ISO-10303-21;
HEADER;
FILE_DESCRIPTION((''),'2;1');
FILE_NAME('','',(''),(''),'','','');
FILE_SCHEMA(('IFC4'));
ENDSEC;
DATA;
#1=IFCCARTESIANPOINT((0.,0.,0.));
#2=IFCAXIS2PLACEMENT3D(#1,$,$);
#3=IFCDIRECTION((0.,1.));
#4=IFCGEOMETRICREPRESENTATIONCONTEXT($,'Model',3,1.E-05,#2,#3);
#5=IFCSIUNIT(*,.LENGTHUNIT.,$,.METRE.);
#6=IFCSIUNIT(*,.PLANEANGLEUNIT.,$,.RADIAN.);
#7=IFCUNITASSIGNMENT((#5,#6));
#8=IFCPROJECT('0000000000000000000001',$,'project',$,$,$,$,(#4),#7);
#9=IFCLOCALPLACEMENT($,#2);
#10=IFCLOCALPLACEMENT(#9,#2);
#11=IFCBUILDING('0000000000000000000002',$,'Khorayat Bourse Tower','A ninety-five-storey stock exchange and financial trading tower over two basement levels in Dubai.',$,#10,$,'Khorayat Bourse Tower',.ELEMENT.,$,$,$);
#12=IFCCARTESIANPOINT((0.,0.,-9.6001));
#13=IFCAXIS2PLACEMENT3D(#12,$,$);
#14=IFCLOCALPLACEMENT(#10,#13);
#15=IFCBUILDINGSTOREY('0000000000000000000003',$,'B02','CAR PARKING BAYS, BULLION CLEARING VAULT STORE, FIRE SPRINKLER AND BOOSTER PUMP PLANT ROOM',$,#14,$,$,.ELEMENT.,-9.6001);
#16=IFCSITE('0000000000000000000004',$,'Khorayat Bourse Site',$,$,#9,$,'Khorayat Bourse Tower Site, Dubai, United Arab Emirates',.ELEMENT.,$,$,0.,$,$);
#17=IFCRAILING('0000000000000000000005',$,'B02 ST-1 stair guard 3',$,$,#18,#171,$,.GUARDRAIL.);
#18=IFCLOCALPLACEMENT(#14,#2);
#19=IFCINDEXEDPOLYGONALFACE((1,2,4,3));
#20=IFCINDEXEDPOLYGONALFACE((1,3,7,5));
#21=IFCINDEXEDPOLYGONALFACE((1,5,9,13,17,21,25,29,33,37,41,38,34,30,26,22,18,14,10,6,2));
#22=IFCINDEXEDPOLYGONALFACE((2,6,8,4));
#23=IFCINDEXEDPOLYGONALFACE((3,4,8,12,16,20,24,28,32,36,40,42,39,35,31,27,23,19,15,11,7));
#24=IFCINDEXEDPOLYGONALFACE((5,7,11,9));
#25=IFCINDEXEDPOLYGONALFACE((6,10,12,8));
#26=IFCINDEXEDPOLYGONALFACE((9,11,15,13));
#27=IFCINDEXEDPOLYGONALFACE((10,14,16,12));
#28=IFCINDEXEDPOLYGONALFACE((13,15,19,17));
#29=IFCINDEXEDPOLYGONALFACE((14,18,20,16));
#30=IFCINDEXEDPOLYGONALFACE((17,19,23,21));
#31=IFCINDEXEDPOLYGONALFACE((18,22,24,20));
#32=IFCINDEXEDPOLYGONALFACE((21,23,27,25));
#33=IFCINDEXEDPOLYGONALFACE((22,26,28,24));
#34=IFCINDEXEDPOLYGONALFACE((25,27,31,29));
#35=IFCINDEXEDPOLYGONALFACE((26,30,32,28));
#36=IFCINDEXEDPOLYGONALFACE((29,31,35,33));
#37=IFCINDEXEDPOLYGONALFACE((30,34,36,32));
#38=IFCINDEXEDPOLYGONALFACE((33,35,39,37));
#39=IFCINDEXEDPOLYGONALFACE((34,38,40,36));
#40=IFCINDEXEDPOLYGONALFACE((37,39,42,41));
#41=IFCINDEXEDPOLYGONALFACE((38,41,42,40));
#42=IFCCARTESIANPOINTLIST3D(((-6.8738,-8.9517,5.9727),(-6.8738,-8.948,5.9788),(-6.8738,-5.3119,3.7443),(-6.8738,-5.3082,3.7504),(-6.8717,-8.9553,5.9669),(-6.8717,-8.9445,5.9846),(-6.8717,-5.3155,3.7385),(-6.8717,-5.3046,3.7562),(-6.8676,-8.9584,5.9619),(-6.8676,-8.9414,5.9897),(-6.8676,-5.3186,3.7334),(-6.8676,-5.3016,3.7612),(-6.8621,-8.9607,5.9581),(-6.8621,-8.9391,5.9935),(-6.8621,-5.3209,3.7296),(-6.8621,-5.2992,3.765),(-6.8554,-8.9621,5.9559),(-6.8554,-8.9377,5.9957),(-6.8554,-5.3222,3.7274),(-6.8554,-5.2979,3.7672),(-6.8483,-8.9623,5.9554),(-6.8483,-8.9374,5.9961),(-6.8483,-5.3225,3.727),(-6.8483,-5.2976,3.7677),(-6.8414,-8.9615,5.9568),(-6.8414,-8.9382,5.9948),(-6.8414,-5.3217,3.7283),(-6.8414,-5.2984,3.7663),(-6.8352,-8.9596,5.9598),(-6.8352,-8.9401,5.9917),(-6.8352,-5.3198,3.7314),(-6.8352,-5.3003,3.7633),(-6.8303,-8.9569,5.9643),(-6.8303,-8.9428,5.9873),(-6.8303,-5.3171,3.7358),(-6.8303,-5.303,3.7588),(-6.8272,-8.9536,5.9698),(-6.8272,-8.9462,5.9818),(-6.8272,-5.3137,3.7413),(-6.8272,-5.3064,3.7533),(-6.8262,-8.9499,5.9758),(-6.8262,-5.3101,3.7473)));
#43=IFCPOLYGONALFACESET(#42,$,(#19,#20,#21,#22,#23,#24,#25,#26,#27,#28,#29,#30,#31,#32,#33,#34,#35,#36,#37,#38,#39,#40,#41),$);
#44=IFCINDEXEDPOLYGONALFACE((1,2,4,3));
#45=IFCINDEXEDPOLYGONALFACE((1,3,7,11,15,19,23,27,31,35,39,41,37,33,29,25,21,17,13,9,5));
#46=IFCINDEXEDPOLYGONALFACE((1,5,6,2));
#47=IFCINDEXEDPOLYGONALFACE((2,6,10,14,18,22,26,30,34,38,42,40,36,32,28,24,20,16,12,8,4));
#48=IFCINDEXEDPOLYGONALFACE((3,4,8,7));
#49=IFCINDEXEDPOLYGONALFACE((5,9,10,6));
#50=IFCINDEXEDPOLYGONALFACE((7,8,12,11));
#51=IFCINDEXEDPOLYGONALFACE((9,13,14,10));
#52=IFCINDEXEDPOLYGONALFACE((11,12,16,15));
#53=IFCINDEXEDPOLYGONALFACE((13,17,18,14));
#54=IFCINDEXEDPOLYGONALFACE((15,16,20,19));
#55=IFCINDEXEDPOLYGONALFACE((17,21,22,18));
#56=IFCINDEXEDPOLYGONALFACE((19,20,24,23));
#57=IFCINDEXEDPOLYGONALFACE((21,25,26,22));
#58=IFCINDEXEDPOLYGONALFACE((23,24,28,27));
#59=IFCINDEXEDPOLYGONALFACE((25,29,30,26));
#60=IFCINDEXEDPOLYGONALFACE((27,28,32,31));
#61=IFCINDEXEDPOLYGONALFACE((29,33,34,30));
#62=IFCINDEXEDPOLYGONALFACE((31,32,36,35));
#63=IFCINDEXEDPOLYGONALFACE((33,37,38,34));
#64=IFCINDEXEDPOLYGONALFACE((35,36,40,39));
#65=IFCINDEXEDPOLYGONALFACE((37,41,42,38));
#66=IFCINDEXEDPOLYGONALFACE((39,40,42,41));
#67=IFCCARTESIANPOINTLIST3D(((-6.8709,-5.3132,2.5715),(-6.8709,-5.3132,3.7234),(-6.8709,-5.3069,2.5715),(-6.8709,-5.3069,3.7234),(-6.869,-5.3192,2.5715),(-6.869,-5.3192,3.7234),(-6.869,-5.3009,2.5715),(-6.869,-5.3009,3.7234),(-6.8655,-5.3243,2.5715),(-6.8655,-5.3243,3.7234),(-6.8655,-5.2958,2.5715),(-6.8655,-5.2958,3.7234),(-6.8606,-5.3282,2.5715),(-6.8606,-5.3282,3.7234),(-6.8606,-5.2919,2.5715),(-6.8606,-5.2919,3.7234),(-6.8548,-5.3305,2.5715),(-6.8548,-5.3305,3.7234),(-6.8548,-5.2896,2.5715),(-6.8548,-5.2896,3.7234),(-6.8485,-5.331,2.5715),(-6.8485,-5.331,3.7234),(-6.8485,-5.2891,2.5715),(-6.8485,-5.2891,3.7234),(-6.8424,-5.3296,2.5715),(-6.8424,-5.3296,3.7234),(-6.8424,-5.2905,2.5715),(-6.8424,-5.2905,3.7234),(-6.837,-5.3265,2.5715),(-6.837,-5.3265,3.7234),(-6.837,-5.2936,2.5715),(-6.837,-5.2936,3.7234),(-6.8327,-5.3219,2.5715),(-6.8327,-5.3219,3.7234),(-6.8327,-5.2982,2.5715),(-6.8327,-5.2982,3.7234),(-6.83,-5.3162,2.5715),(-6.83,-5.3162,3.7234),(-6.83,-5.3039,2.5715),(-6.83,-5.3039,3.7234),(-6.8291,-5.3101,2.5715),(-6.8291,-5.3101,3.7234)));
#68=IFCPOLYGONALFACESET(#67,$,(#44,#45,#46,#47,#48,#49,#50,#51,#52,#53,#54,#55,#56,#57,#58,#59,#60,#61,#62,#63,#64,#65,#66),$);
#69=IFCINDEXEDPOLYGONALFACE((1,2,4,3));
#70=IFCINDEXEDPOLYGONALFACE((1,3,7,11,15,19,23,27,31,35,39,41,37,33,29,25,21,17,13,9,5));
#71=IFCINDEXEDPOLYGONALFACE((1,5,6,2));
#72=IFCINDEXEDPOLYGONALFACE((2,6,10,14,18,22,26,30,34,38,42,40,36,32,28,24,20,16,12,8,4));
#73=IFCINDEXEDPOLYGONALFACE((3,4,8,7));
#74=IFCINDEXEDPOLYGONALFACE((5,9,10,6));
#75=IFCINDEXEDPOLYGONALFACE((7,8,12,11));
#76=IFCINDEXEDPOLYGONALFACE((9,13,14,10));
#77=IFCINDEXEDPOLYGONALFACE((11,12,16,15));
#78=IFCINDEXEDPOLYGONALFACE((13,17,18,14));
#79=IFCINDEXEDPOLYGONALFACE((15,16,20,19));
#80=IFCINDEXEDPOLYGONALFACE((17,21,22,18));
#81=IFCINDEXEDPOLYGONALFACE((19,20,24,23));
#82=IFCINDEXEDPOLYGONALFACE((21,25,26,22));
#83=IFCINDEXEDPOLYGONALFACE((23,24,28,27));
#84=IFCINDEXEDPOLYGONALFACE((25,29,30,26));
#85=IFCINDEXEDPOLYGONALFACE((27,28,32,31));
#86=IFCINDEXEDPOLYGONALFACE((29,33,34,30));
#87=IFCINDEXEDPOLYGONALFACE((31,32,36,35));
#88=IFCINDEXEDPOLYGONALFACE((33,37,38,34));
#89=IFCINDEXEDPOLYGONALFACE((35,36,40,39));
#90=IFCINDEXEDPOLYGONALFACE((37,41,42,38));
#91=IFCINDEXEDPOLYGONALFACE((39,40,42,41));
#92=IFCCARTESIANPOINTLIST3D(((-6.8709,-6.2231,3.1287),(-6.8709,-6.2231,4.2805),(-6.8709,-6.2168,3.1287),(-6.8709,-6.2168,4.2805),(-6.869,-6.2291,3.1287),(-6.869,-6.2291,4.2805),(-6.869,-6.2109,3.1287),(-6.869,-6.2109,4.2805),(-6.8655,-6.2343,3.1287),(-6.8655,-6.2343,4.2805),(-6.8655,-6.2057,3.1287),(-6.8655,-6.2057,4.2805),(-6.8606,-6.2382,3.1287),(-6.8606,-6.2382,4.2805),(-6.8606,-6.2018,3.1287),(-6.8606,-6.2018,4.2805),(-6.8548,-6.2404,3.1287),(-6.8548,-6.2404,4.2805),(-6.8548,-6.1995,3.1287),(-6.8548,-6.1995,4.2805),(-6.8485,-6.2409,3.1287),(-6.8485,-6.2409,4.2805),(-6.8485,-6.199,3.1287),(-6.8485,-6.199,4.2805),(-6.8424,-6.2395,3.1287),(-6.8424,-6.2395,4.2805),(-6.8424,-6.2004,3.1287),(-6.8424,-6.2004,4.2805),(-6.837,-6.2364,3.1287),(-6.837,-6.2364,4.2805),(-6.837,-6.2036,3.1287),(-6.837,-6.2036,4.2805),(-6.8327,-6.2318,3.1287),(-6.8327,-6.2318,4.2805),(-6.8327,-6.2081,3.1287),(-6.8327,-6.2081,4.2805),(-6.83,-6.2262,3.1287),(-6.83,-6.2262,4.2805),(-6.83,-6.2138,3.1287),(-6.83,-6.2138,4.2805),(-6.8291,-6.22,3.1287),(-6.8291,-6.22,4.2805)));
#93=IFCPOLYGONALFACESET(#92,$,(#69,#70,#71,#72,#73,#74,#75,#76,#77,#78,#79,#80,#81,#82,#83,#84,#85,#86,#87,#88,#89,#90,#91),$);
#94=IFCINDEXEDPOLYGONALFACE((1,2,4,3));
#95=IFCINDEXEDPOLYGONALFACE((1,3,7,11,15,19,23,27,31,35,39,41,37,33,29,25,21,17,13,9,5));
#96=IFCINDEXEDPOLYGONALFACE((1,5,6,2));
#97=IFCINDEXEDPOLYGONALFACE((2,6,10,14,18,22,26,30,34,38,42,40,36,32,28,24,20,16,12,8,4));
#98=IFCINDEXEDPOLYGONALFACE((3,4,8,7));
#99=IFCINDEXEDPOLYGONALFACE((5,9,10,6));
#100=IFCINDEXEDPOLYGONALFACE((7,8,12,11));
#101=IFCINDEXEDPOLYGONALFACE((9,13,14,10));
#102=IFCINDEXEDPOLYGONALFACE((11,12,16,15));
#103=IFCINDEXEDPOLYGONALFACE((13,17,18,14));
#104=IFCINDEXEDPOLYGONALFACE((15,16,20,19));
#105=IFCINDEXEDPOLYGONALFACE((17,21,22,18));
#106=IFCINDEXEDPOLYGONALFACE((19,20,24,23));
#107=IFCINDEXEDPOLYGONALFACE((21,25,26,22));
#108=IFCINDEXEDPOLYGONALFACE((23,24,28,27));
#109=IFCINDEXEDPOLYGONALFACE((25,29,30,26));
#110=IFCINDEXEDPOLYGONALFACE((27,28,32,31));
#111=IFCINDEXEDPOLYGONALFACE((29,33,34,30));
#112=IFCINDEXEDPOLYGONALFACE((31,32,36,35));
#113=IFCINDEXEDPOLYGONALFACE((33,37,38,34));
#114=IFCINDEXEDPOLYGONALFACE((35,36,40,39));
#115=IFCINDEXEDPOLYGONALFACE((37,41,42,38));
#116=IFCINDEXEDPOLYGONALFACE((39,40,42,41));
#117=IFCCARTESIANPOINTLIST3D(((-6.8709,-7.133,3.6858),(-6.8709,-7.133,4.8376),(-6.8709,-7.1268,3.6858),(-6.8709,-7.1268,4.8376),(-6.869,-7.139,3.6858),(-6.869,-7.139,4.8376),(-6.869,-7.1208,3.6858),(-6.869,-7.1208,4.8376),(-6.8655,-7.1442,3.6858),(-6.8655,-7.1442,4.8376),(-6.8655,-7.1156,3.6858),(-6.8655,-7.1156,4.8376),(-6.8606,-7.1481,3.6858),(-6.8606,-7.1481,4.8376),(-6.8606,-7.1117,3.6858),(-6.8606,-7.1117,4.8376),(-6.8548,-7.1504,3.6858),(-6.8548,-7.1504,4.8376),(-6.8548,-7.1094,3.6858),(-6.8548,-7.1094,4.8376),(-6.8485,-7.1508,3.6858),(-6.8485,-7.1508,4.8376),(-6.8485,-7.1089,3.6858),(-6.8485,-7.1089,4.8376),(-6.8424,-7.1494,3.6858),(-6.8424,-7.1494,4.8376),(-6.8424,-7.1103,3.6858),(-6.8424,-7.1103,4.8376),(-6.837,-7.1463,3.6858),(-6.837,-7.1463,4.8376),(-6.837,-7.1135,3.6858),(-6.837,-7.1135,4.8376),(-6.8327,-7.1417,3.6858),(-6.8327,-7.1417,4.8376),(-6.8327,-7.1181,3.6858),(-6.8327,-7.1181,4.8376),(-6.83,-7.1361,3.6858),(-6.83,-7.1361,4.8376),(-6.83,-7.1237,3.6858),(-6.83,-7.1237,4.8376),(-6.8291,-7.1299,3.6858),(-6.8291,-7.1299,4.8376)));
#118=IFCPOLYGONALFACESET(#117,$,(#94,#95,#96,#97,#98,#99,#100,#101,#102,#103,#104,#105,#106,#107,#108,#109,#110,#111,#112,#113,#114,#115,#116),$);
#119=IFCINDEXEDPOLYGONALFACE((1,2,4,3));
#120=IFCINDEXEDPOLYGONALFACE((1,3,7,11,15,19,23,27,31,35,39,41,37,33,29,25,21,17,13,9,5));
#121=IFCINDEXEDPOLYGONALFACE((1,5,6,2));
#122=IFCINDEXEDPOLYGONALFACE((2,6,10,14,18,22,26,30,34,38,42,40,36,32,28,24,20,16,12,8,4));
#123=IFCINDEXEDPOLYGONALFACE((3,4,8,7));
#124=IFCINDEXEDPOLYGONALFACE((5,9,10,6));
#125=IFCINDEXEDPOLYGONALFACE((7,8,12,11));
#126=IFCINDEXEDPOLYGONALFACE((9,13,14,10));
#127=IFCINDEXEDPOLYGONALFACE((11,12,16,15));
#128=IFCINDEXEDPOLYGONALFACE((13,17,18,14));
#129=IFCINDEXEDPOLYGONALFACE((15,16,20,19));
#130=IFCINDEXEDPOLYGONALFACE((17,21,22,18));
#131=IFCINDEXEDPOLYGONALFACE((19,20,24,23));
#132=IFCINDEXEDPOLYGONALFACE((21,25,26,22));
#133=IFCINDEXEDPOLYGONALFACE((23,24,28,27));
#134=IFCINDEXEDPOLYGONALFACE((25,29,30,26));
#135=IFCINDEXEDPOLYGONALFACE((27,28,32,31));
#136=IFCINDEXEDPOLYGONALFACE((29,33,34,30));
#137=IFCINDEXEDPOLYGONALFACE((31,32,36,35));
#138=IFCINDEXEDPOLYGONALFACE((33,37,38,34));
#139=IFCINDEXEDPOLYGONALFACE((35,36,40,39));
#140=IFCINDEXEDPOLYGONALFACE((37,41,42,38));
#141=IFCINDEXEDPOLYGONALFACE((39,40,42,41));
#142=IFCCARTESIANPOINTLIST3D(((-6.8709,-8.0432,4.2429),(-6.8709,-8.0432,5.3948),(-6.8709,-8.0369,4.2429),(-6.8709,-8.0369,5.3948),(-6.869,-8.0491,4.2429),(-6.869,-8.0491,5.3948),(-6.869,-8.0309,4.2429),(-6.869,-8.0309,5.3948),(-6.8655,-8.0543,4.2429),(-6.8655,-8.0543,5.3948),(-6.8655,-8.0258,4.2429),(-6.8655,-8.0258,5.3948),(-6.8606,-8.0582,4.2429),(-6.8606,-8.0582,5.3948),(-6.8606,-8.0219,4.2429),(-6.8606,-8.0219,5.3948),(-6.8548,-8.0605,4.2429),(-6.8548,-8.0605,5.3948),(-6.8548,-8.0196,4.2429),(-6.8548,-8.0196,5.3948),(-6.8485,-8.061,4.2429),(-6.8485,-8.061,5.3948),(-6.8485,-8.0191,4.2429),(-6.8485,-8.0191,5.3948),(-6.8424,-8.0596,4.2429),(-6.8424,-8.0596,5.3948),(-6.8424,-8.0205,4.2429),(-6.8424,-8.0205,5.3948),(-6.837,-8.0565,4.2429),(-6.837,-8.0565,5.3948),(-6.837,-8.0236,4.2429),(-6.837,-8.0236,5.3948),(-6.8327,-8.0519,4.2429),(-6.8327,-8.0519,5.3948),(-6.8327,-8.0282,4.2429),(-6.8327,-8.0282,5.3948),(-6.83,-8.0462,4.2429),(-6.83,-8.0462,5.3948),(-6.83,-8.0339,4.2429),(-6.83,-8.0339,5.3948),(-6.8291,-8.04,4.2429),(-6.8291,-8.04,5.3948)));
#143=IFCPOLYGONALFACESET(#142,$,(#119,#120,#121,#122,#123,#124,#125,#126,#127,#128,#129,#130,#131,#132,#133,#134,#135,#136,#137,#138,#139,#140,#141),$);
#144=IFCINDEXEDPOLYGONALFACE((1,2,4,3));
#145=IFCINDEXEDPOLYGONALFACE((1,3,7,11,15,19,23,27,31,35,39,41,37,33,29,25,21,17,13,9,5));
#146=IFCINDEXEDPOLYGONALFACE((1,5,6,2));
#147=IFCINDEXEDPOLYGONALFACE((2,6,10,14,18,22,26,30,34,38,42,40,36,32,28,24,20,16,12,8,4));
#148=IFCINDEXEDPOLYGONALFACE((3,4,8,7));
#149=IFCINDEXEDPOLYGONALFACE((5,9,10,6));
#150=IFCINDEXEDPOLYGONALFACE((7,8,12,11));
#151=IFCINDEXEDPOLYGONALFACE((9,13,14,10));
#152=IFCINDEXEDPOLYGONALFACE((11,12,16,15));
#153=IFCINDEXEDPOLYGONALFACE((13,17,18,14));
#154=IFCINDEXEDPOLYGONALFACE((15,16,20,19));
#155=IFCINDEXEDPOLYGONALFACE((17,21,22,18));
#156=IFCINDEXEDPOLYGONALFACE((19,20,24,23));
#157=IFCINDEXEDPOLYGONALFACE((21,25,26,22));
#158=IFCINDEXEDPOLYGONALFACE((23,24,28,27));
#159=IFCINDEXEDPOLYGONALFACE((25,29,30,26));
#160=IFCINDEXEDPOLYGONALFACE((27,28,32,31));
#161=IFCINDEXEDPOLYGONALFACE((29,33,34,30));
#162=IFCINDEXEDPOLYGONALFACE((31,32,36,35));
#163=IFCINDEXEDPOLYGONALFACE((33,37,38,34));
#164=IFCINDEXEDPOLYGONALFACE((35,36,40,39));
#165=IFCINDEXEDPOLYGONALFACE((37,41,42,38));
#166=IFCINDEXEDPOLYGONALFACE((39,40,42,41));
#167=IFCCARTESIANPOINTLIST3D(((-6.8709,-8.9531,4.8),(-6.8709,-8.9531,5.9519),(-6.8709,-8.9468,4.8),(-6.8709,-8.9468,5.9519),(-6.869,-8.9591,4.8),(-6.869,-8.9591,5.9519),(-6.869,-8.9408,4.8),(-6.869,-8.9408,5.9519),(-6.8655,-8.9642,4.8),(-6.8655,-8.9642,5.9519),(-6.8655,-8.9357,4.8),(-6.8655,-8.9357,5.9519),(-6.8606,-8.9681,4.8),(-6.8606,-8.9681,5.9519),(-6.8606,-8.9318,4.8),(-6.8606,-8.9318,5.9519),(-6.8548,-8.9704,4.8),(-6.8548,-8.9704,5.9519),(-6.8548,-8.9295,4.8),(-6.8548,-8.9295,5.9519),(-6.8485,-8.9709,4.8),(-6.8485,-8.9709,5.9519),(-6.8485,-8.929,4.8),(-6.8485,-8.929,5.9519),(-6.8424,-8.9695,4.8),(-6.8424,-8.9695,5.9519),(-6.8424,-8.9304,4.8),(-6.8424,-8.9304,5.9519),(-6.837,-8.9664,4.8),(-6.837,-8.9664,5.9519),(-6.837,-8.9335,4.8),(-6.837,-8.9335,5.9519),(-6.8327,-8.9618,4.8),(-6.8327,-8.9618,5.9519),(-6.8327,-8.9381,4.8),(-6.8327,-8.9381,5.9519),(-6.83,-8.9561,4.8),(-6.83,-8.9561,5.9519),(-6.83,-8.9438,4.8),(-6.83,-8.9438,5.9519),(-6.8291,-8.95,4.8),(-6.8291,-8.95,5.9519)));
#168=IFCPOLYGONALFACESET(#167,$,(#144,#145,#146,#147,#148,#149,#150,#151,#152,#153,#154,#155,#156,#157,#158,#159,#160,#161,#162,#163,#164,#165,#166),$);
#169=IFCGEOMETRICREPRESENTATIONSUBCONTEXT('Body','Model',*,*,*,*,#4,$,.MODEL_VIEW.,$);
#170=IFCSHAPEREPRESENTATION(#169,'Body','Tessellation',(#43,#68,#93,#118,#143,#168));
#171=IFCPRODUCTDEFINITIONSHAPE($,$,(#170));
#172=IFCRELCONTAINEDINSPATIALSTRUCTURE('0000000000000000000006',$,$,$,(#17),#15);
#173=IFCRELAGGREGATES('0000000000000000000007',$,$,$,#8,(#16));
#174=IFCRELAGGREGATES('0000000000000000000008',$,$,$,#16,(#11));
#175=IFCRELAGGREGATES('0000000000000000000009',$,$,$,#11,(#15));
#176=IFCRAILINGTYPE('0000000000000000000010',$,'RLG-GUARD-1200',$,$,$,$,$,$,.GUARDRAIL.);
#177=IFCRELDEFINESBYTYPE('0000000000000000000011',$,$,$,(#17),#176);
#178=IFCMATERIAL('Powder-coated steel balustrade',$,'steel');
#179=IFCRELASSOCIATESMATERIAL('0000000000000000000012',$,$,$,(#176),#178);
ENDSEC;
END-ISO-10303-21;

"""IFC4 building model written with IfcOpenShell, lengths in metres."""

from ifc_helpers import new_model, si_unit, direction, frame, origin, origin_2d, place, context, subcontext, project, spatial, circle, extrude, source, transform, mapped, material, type_object, element, save


model = new_model("IFC4")

# Units and contexts
model_context = context("Model", 3, precision=1e-05, world=origin(), true_north=direction((0.0, 1.0)))
body_context = subcontext(model_context, "Body", "Model", "MODEL_VIEW")
ifc_project = project(units=[si_unit("LENGTHUNIT", "METRE"), si_unit("PLANEANGLEUNIT", "RADIAN")], contexts=[model_context])

# Site, building, storey
site_placement = place(None, origin())
site = spatial("IfcSite", under=ifc_project, at=site_placement, Name="Khorayat Bourse Site", LongName="Khorayat Bourse Tower Site, Dubai, United Arab Emirates", CompositionType="ELEMENT", RefElevation=0.0)
building_placement = place(site_placement, origin())
building = spatial("IfcBuilding", under=site, at=building_placement, Name="Khorayat Bourse Tower", Description="A ninety-five-storey stock exchange and financial trading tower over two basement levels in Dubai.", LongName="Khorayat Bourse Tower", CompositionType="ELEMENT")
storey_placement = place(building_placement, frame((0.0, 0.0, -9.6001)))
storey = spatial("IfcBuildingStorey", under=building, at=storey_placement, Name="B02", Description="CAR PARKING BAYS, BULLION CLEARING VAULT STORE, FIRE SPRINKLER AND BOOSTER PUMP PLANT ROOM", CompositionType="ELEMENT", Elevation=-9.6001)

# Railing
ifc_material_1 = material(Name="Powder-coated steel balustrade", Category="steel")
railing_type_1 = type_object("IfcRailingType", Name="RLG-GUARD-1200", PredefinedType="GUARDRAIL", material=ifc_material_1)
shared_shape_1 = source(origin(), body_context, "Body", "SweptSolid", [
    extrude(circle(Radius=0.0239, at=origin_2d()), frame((0.0, 0.0, 1.1758), z_axis=(0.0, -0.85285, 0.522156), x_axis=(1.0, 0.0, 0.0)), (0.0, 0.0, 1.0), 4.2678),
    extrude(circle(Radius=0.021, at=origin_2d()), origin(), (0.0, 0.0, 1.0), 1.1519),
    extrude(circle(Radius=0.021, at=origin_2d()), frame((0.0, -0.9099, 0.5571)), (0.0, 0.0, 1.0), 1.1519),
    extrude(circle(Radius=0.021, at=origin_2d()), frame((0.0, -1.8198, 1.1143)), (0.0, 0.0, 1.0), 1.1519),
    extrude(circle(Radius=0.021, at=origin_2d()), frame((0.0, -2.73, 1.6714)), (0.0, 0.0, 1.0), 1.1519),
    extrude(circle(Radius=0.021, at=origin_2d()), frame((0.0, -3.6399, 2.2285)), (0.0, 0.0, 1.0), 1.1519),
])
railing_1_placement = place(storey_placement, frame((-6.8501, -5.3101, 2.5715)))
element("IfcRailing", 1, at=railing_1_placement, inside=storey, type_object=railing_type_1, Name="B02 ST-1 stair guard 3", PredefinedType="GUARDRAIL", context=body_context, shape_type="MappedRepresentation", body=[
    mapped(shared_shape_1, transform((0.0, 0.0, 0.0), scale=1.0)),
])

save(model, "model.ifc")
